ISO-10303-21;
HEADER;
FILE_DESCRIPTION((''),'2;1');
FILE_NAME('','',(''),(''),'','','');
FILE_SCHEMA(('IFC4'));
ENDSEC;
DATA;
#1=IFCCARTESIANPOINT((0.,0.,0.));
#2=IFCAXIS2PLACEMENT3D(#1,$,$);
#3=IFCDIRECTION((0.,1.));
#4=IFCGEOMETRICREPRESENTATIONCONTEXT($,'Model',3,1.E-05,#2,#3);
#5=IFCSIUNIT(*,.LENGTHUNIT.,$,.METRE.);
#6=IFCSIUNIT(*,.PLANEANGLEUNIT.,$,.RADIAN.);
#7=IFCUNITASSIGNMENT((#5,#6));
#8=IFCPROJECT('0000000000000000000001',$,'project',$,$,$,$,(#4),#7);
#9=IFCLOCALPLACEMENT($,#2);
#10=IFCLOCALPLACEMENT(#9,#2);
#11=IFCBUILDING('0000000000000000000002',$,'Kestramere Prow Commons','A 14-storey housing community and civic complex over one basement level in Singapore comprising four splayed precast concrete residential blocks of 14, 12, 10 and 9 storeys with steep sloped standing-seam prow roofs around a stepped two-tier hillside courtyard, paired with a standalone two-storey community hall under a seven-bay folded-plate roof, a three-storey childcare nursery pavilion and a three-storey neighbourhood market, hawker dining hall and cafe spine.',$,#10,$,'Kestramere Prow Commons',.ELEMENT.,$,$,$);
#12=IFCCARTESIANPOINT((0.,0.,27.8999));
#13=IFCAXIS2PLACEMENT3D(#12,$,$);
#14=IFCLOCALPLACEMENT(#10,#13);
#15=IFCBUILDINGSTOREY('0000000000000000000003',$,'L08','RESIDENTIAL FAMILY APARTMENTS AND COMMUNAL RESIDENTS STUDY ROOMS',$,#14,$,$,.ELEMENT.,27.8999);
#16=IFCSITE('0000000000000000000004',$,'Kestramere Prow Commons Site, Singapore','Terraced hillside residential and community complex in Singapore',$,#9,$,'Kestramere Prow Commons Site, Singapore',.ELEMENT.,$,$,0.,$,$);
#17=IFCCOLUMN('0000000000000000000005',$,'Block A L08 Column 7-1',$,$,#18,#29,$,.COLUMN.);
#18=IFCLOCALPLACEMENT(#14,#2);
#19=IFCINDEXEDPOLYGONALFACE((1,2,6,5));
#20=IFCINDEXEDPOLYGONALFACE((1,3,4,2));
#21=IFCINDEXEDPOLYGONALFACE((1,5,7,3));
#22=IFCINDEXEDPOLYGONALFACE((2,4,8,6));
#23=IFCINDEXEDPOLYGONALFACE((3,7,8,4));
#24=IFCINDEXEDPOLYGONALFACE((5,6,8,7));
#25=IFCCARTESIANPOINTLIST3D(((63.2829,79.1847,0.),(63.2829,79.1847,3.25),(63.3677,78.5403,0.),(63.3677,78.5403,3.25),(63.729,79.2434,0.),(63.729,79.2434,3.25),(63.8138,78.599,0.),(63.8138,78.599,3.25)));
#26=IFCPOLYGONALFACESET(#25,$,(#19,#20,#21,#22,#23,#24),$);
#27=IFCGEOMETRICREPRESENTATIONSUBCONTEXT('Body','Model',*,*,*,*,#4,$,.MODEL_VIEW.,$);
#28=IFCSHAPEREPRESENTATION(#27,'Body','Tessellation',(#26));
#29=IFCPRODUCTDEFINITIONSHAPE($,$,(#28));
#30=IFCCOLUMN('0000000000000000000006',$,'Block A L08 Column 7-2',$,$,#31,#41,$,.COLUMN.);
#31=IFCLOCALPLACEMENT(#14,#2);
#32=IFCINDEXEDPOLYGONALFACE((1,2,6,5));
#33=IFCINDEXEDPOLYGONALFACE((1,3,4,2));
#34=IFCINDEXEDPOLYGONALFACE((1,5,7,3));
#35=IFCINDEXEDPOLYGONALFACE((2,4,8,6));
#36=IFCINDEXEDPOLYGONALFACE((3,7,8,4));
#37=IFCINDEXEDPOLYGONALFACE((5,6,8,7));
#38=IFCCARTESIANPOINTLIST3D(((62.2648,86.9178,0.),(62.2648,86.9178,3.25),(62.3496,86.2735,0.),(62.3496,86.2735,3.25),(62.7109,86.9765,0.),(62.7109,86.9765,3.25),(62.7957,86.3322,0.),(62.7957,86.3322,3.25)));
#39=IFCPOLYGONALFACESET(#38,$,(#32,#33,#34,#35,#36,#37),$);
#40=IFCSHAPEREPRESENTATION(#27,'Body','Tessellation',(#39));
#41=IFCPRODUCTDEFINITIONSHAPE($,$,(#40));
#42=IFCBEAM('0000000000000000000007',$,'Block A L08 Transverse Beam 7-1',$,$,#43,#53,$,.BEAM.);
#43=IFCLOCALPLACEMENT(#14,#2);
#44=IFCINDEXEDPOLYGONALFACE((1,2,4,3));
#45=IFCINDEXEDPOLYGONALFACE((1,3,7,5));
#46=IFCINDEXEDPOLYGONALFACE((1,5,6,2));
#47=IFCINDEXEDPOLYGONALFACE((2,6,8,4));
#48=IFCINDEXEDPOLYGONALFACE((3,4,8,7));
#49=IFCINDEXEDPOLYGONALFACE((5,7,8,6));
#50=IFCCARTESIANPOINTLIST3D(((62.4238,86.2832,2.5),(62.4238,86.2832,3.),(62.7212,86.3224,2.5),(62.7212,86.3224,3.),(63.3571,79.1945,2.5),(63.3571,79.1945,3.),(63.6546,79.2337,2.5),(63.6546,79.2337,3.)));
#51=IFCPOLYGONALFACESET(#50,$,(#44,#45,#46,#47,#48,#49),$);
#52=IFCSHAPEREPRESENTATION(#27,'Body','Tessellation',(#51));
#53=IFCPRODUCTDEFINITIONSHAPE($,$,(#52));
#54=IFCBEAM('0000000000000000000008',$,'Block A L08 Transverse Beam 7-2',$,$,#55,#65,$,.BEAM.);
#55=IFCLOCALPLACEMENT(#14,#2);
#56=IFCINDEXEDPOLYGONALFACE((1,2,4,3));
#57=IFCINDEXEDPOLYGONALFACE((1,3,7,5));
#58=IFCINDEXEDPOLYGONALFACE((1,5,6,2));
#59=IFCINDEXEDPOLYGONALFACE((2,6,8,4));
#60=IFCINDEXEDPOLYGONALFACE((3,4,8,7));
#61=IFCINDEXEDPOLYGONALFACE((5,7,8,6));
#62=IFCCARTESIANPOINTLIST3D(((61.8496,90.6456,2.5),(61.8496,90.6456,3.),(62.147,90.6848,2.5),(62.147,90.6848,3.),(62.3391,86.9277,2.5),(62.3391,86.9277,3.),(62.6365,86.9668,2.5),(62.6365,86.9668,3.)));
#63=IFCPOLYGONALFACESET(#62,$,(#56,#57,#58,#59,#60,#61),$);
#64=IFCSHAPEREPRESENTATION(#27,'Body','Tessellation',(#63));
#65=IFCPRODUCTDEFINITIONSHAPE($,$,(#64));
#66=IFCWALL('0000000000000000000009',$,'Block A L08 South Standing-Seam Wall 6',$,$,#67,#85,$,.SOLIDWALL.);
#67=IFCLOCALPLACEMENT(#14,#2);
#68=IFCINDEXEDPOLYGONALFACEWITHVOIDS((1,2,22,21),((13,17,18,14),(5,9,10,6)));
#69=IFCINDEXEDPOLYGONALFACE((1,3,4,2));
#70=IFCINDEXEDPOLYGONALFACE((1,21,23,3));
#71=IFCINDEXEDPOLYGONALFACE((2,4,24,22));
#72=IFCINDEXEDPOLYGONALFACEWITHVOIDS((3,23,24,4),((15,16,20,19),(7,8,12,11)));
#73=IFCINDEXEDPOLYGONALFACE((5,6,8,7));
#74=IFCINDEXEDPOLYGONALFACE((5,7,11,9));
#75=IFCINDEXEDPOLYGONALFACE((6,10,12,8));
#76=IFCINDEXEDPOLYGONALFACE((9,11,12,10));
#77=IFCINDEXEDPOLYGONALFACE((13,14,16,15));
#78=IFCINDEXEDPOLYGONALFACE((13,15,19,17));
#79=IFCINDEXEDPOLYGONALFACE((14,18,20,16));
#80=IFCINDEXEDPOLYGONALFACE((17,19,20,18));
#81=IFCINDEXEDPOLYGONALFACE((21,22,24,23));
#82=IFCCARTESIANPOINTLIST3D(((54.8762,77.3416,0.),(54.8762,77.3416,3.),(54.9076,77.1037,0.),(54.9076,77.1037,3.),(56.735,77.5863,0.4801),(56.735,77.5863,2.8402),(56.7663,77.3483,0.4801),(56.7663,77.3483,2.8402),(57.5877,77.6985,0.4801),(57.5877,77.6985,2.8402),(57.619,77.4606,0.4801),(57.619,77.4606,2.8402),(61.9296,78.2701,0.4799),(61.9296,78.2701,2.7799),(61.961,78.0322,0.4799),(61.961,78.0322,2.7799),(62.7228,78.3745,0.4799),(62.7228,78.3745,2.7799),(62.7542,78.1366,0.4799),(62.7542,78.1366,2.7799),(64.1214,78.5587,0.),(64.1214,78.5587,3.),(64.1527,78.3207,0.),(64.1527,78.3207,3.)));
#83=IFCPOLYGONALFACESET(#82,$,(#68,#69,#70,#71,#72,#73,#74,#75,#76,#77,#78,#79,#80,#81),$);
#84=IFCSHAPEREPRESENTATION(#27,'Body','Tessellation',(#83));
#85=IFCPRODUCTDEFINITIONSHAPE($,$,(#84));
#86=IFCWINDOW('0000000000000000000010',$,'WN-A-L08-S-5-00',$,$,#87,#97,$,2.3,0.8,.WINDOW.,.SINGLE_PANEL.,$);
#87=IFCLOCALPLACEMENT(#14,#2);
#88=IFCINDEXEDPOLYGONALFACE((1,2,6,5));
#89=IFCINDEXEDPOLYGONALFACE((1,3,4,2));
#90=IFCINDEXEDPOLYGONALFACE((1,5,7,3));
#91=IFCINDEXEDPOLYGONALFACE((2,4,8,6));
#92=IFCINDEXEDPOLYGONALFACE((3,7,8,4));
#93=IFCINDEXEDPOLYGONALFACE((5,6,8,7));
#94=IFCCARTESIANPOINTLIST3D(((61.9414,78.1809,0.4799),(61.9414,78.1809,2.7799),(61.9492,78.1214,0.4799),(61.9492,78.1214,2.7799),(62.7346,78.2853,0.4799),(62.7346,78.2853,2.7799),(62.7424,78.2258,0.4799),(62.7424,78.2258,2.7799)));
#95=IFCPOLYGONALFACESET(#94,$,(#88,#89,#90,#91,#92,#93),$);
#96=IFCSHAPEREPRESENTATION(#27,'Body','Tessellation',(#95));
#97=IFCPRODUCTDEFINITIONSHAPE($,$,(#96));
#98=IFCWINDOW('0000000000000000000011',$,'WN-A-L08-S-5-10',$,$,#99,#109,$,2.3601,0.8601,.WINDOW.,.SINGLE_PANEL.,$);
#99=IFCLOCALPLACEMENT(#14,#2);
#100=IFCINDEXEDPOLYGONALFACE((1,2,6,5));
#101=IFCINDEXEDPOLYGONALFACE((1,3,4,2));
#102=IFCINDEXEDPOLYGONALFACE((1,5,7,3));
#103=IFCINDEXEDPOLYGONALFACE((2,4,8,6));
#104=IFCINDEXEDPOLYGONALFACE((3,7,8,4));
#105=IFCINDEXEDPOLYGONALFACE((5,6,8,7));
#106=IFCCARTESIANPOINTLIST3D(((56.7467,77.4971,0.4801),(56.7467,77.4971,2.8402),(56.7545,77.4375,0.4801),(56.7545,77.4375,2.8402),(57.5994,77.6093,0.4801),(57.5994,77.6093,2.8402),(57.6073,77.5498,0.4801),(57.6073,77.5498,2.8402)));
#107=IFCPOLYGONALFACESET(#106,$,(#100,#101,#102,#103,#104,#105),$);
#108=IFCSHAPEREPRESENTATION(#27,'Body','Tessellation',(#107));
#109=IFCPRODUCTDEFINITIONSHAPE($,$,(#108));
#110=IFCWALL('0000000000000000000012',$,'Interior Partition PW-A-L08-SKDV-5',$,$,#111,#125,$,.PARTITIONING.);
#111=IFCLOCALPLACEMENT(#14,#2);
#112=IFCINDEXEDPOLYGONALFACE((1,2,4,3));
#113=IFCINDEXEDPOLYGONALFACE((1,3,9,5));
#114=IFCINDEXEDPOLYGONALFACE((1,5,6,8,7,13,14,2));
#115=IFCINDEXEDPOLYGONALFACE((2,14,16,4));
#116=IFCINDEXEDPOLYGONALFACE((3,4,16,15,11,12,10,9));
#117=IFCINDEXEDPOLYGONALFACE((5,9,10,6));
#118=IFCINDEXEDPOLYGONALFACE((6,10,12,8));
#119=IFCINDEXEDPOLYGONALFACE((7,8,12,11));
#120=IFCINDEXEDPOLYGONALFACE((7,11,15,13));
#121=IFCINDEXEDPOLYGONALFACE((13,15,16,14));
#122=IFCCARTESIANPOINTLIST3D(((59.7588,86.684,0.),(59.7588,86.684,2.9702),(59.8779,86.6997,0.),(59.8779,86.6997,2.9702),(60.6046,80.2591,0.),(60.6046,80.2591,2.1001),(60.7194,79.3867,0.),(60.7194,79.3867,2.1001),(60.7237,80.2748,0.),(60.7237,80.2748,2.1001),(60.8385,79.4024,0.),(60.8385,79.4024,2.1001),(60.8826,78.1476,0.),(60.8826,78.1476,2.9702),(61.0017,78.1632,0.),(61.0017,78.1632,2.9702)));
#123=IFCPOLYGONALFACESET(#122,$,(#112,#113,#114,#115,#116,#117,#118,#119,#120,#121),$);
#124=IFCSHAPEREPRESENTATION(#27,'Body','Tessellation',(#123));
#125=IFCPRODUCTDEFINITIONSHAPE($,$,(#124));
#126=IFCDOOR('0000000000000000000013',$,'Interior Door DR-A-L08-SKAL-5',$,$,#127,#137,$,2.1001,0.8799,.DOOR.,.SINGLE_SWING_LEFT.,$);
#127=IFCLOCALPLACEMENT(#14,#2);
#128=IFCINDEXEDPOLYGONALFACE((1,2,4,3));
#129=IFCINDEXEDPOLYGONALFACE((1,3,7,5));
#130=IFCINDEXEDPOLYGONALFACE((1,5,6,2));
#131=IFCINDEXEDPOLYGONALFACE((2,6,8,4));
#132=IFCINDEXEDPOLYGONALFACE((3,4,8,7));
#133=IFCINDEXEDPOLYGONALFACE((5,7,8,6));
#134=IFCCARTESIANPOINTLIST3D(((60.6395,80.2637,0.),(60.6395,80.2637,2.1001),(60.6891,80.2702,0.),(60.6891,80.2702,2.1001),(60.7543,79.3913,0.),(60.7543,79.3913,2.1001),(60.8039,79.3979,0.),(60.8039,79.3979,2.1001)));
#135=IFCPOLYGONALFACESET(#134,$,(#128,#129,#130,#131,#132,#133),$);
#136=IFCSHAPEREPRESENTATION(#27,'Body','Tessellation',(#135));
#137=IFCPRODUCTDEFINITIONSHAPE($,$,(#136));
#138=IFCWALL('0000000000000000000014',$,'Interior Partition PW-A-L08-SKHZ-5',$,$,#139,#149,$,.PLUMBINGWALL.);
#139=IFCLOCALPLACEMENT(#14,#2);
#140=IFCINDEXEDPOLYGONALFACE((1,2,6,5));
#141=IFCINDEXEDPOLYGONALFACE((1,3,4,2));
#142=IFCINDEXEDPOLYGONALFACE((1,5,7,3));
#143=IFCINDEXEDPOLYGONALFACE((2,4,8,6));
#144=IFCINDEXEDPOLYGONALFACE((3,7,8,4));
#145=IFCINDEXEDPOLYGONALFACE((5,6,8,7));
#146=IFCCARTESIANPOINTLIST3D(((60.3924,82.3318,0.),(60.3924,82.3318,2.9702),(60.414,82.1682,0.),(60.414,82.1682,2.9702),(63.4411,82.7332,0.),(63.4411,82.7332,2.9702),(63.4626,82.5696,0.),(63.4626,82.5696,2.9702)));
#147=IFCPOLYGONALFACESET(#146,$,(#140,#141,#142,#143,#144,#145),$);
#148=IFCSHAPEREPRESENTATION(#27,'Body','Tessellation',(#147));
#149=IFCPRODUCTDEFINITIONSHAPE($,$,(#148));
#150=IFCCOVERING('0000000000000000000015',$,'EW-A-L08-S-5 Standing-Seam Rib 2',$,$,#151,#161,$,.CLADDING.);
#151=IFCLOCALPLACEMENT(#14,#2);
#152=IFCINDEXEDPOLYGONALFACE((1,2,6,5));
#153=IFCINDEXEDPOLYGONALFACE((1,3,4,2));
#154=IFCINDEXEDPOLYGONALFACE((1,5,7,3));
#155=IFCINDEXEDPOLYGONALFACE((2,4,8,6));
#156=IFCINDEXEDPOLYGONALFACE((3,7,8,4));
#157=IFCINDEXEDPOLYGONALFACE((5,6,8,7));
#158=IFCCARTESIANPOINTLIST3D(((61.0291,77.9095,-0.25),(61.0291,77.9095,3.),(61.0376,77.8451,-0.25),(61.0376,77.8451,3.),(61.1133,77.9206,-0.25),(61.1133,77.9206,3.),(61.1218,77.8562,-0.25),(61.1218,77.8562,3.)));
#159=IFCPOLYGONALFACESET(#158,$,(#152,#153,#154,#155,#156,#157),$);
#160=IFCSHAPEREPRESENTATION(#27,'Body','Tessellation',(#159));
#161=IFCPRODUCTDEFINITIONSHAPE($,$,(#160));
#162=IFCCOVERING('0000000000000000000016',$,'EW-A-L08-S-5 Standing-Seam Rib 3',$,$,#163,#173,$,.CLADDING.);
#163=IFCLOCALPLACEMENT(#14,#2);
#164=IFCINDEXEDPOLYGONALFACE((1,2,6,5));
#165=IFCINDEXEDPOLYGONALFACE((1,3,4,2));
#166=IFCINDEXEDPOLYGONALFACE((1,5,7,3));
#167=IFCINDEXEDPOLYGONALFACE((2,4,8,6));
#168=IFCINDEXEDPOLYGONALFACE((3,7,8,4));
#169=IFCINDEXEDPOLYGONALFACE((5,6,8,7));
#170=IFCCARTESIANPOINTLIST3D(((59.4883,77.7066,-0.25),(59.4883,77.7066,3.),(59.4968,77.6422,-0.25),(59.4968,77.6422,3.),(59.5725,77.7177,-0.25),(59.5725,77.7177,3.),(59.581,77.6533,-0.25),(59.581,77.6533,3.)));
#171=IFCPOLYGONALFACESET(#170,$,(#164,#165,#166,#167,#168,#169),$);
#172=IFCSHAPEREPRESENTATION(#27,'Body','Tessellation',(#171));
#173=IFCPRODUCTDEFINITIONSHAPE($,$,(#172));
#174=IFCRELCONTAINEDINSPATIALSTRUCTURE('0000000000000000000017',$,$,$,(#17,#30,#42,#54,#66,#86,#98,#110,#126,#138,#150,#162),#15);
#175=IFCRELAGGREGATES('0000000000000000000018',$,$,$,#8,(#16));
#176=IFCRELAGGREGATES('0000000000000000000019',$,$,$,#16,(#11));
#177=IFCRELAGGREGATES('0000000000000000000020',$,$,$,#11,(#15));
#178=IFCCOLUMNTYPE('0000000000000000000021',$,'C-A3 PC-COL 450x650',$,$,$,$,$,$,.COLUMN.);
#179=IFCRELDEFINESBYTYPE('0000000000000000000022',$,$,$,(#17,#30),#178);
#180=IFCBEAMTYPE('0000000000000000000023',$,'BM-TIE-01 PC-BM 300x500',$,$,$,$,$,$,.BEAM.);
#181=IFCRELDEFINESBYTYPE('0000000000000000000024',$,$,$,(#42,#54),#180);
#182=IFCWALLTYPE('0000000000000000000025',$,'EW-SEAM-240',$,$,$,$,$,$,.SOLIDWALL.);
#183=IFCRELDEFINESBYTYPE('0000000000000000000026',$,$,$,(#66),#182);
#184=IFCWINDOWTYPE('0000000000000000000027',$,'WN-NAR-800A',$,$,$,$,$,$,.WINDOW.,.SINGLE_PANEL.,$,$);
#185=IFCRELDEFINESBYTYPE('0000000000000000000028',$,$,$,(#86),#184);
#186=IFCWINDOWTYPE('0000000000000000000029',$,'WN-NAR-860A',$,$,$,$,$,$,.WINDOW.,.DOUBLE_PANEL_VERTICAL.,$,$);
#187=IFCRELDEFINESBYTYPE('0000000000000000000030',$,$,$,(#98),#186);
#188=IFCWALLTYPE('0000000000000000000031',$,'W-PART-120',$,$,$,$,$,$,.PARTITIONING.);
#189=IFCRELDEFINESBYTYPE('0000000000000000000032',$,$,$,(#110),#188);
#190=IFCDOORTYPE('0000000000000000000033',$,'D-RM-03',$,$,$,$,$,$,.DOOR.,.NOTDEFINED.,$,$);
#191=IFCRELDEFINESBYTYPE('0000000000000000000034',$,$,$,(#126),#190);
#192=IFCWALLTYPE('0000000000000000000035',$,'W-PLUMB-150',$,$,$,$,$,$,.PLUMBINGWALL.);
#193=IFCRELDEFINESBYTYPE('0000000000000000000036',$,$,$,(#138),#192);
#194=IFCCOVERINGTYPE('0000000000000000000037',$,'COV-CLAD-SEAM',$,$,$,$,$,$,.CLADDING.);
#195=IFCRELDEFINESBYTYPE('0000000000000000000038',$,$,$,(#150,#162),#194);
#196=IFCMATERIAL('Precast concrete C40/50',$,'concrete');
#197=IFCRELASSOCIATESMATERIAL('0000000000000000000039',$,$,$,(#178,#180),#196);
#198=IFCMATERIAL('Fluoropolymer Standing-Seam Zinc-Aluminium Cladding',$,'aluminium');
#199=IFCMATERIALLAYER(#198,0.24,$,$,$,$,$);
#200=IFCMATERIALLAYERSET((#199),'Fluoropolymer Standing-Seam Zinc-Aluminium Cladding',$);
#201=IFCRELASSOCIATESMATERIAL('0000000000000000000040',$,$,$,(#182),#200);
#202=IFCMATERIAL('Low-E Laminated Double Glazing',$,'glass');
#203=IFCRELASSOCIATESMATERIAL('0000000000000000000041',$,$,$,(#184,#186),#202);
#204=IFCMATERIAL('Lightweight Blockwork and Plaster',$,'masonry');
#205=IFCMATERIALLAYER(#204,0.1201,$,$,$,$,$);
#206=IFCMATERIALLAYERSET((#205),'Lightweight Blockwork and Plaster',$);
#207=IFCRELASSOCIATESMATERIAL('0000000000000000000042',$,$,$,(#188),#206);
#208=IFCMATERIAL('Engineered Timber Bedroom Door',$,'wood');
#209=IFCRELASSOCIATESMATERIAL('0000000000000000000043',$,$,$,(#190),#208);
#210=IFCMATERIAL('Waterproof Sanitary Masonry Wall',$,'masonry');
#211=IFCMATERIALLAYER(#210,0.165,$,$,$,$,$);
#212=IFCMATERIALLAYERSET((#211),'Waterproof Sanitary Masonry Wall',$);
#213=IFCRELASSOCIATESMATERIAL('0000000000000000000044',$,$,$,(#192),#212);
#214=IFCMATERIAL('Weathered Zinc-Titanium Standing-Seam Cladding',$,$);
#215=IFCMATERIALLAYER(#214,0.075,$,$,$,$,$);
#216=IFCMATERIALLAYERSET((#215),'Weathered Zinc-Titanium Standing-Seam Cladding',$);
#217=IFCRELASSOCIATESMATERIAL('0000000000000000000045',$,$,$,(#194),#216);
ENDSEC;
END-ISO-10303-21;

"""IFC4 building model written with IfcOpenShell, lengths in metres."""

from ifc_helpers import new_model, si_unit, direction, frame, frame_2d, origin, origin_2d, place, context, subcontext, project, spatial, rectangle, extrude, material, layer, layer_set, material_profile, profile_set, type_object, element, fill, save


model = new_model("IFC4")

# Units and contexts
model_context = context("Model", 3, precision=1e-05, world=origin(), true_north=direction((0.0, 1.0)))
body_context = subcontext(model_context, "Body", "Model", "MODEL_VIEW")
ifc_project = project(units=[si_unit("LENGTHUNIT", "METRE"), si_unit("PLANEANGLEUNIT", "RADIAN")], contexts=[model_context])

# Site, building, storey
site_placement = place(None, origin())
site = spatial("IfcSite", under=ifc_project, at=site_placement, Name="Kestramere Prow Commons Site, Singapore", Description="Terraced hillside residential and community complex in Singapore", LongName="Kestramere Prow Commons Site, Singapore", CompositionType="ELEMENT", RefElevation=0.0)
building_placement = place(site_placement, origin())
building = spatial("IfcBuilding", under=site, at=building_placement, Name="Kestramere Prow Commons", Description="A 14-storey housing community and civic complex over one basement level in Singapore comprising four splayed precast concrete residential blocks of 14, 12, 10 and 9 storeys with steep sloped standing-seam prow roofs around a stepped two-tier hillside courtyard, paired with a standalone two-storey community hall under a seven-bay folded-plate roof, a three-storey childcare nursery pavilion and a three-storey neighbourhood market, hawker dining hall and cafe spine.", LongName="Kestramere Prow Commons", CompositionType="ELEMENT")
storey_placement = place(building_placement, frame((0.0, 0.0, 27.8999)))
storey = spatial("IfcBuildingStorey", under=building, at=storey_placement, Name="L08", Description="RESIDENTIAL FAMILY APARTMENTS AND COMMUNAL RESIDENTS STUDY ROOMS", CompositionType="ELEMENT", Elevation=27.8999)

# Columns
ifc_material_1 = material(Name="Precast concrete C40/50", Category="concrete")
ifc_material_profile_1 = material_profile(ifc_material_1, rectangle(XDim=0.45, YDim=0.6499, at=origin_2d()), Name="PC-COL 450x650")
ifc_profile_set_1 = profile_set([ifc_material_profile_1], Name="Precast concrete C40/50")
column_type = type_object("IfcColumnType", Name="C-A3 PC-COL 450x650", PredefinedType="COLUMN", material=ifc_profile_set_1)
for number, where, z_axis, x_axis, name in (
    (1, (63.5483, 78.8918, 0.0), (0.0, 0.0, 1.0), (0.991445, 0.130526, 0.0), "Block A L08 Column 7-1"),
    (2, (62.5303, 86.625, 0.0), (0.0, 0.0, 1.0), (0.991445, 0.130526, 0.0), "Block A L08 Column 7-2"),
):
    element("IfcColumn", number, at=place(storey_placement, frame(where, z_axis=z_axis, x_axis=x_axis)), inside=storey, type_object=column_type, Name=name, PredefinedType="COLUMN", context=body_context, shape_type="SweptSolid", body=[
        extrude(rectangle(XDim=0.45, YDim=0.6499, at=origin_2d()), origin(), (0.0, 0.0, 1.0), 3.25),
    ])

# Beams
ifc_material_profile_2 = material_profile(ifc_material_1, rectangle(XDim=0.3, YDim=0.5, at=origin_2d()), Name="PC-BM 300x500")
ifc_profile_set_2 = profile_set([ifc_material_profile_2], Name="Precast concrete C40/50")
beam_type = type_object("IfcBeamType", Name="BM-TIE-01 PC-BM 300x500", PredefinedType="BEAM", material=ifc_profile_set_2)
beam_1_placement = place(storey_placement, frame((63.5059, 79.2141, 2.75), z_axis=(-0.130542, 0.991443, 0.0), x_axis=(-0.991443, -0.130542, 0.0)))
element("IfcBeam", 3, at=beam_1_placement, inside=storey, type_object=beam_type, Name="Block A L08 Transverse Beam 7-1", PredefinedType="BEAM", context=body_context, shape_type="SweptSolid", body=[
    extrude(rectangle(XDim=0.3, YDim=0.5, at=origin_2d()), origin(), (0.0, 0.0, 1.0), 7.1499),
])
beam_2_placement = place(storey_placement, frame((62.4878, 86.9473, 2.75), z_axis=(-0.13053, 0.991444, 0.0), x_axis=(-0.991444, -0.13053, 0.0)))
element("IfcBeam", 4, at=beam_2_placement, inside=storey, type_object=beam_type, Name="Block A L08 Transverse Beam 7-2", PredefinedType="BEAM", context=body_context, shape_type="SweptSolid", body=[
    extrude(rectangle(XDim=0.3, YDim=0.5, at=origin_2d()), origin(), (0.0, 0.0, 1.0), 3.75),
])

# Wall, openings, windows
ifc_material_2 = material(Name="Fluoropolymer Standing-Seam Zinc-Aluminium Cladding", Category="aluminium")
ifc_layer_1 = layer(ifc_material_2, 0.24)
ifc_layer_set_1 = layer_set([ifc_layer_1], Name="Fluoropolymer Standing-Seam Zinc-Aluminium Cladding")
wall_type_1 = type_object("IfcWallType", Name="EW-SEAM-240", PredefinedType="SOLIDWALL", material=ifc_layer_set_1)
wall_1_placement = place(storey_placement, frame((64.1372, 78.4397, 0.0), z_axis=(0.0, 0.0, 1.0), x_axis=(-0.991446, -0.130515, 0.0)))
wall_1 = element("IfcWall", 5, at=wall_1_placement, inside=storey, type_object=wall_type_1, Name="Block A L08 South Standing-Seam Wall 6", PredefinedType="SOLIDWALL", context=body_context, shape_type="SweptSolid", body=[
    extrude(rectangle(XDim=9.325, YDim=0.24, at=frame_2d((4.6626, 0.0))), origin(), (0.0, 0.0, 1.0), 3.0),
])
opening_1_placement = place(wall_1_placement, frame((1.4109, 0.0, 0.48)))
opening_1 = element("IfcOpeningElement", 6, at=opening_1_placement, cuts=wall_1, PredefinedType="OPENING", context=body_context, shape_type="SweptSolid", body=[
    extrude(rectangle(XDim=0.8, YDim=2.3, at=frame_2d((0.3999, 1.1499))), frame((0.0, 0.135, 0.0), z_axis=(0.0, -1.0, 0.0), x_axis=(1.0, 0.0, 0.0)), (0.0, 0.0, 1.0), 0.27),
])
opening_2_placement = place(wall_1_placement, frame((6.5901, 0.0, 0.48)))
opening_2 = element("IfcOpeningElement", 7, at=opening_2_placement, cuts=wall_1, PredefinedType="OPENING", context=body_context, shape_type="SweptSolid", body=[
    extrude(rectangle(XDim=0.8601, YDim=2.3601, at=frame_2d((0.4302, 1.1802))), frame((0.0, 0.135, 0.0), z_axis=(0.0, -1.0, 0.0), x_axis=(1.0, 0.0, 0.0)), (0.0, 0.0, 1.0), 0.27),
])
ifc_material_3 = material(Name="Low-E Laminated Double Glazing", Category="glass")
window_type_1 = type_object("IfcWindowType", Name="WN-NAR-800A", PartitioningType="SINGLE_PANEL", PredefinedType="WINDOW", material=ifc_material_3)
window_1_placement = place(opening_1_placement, origin())
window_1 = element("IfcWindow", 8, at=window_1_placement, inside=storey, type_object=window_type_1, Name="WN-A-L08-S-5-00", OverallHeight=2.3, OverallWidth=0.8, PartitioningType="SINGLE_PANEL", PredefinedType="WINDOW", context=body_context, shape_type="SweptSolid", body=[
    extrude(rectangle(XDim=0.8, YDim=2.3, at=frame_2d((0.3999, 1.1499))), frame((0.0, 0.03, 0.0), z_axis=(0.0, -1.0, 0.0), x_axis=(1.0, 0.0, 0.0)), (0.0, 0.0, 1.0), 0.0601),
])
fill(opening_1, window_1)
window_type_2 = type_object("IfcWindowType", Name="WN-NAR-860A", PartitioningType="DOUBLE_PANEL_VERTICAL", PredefinedType="WINDOW", material=ifc_material_3)
window_2_placement = place(opening_2_placement, origin())
window_2 = element("IfcWindow", 9, at=window_2_placement, inside=storey, type_object=window_type_2, Name="WN-A-L08-S-5-10", OverallHeight=2.3601, OverallWidth=0.8601, PartitioningType="SINGLE_PANEL", PredefinedType="WINDOW", context=body_context, shape_type="SweptSolid", body=[
    extrude(rectangle(XDim=0.8601, YDim=2.3601, at=frame_2d((0.4302, 1.1802))), frame((0.0, 0.03, 0.0), z_axis=(0.0, -1.0, 0.0), x_axis=(1.0, 0.0, 0.0)), (0.0, 0.0, 1.0), 0.0601),
])
fill(opening_2, window_2)

# Wall, opening, door
ifc_material_4 = material(Name="Lightweight Blockwork and Plaster", Category="masonry")
ifc_layer_2 = layer(ifc_material_4, 0.1201)
ifc_layer_set_2 = layer_set([ifc_layer_2], Name="Lightweight Blockwork and Plaster")
wall_type_2 = type_object("IfcWallType", Name="W-PART-120", PredefinedType="PARTITIONING", material=ifc_layer_set_2)
wall_2_placement = place(storey_placement, frame((60.9421, 78.1553, 0.0), z_axis=(0.0, 0.0, 1.0), x_axis=(-0.13052, 0.991446, 0.0)))
wall_2 = element("IfcWall", 10, at=wall_2_placement, inside=storey, type_object=wall_type_2, Name="Interior Partition PW-A-L08-SKDV-5", PredefinedType="PARTITIONING", context=body_context, shape_type="SweptSolid", body=[
    extrude(rectangle(XDim=8.6101, YDim=0.1201, at=frame_2d((4.3052, 0.0))), origin(), (0.0, 0.0, 1.0), 2.9702),
])
opening_3_placement = place(wall_2_placement, frame((1.25, 0.0, 0.0)))
opening_3 = element("IfcOpeningElement", 11, at=opening_3_placement, cuts=wall_2, PredefinedType="OPENING", context=body_context, shape_type="SweptSolid", body=[
    extrude(rectangle(XDim=0.8799, YDim=2.1001, at=frame_2d((0.4399, 1.05))), frame((0.0, 0.075, 0.0), z_axis=(0.0, -1.0, 0.0), x_axis=(1.0, 0.0, 0.0)), (0.0, 0.0, 1.0), 0.1501),
])
ifc_material_5 = material(Name="Engineered Timber Bedroom Door", Category="wood")
door_type_1 = type_object("IfcDoorType", Name="D-RM-03", OperationType="NOTDEFINED", PredefinedType="DOOR", material=ifc_material_5)
door_1_placement = place(opening_3_placement, origin())
door_1 = element("IfcDoor", 12, at=door_1_placement, inside=storey, type_object=door_type_1, Name="Interior Door DR-A-L08-SKAL-5", OperationType="SINGLE_SWING_LEFT", OverallHeight=2.1001, OverallWidth=0.8799, PredefinedType="DOOR", context=body_context, shape_type="SweptSolid", body=[
    extrude(rectangle(XDim=0.8799, YDim=2.1001, at=frame_2d((0.4399, 1.05))), frame((0.0, 0.0249, 0.0), z_axis=(0.0, -1.0, 0.0), x_axis=(1.0, 0.0, 0.0)), (0.0, 0.0, 1.0), 0.05),
])
fill(opening_3, door_1)
ifc_material_6 = material(Name="Waterproof Sanitary Masonry Wall", Category="masonry")
ifc_layer_3 = layer(ifc_material_6, 0.165)
ifc_layer_set_3 = layer_set([ifc_layer_3], Name="Waterproof Sanitary Masonry Wall")
wall_type_3 = type_object("IfcWallType", Name="W-PLUMB-150", PredefinedType="PLUMBINGWALL", material=ifc_layer_set_3)

# Wall
wall_3_placement = place(storey_placement, frame((60.4031, 82.25, 0.0), z_axis=(0.0, 0.0, 1.0), x_axis=(0.991444, 0.130531, 0.0)))
element("IfcWall", 13, at=wall_3_placement, inside=storey, type_object=wall_type_3, Name="Interior Partition PW-A-L08-SKHZ-5", PredefinedType="PLUMBINGWALL", context=body_context, shape_type="SweptSolid", body=[
    extrude(rectangle(XDim=3.075, YDim=0.165, at=frame_2d((1.5376, 0.0))), origin(), (0.0, 0.0, 1.0), 2.9702),
])

# Coverings
ifc_material_7 = material(Name="Weathered Zinc-Titanium Standing-Seam Cladding")
ifc_layer_4 = layer(ifc_material_7, 0.075)
ifc_layer_set_4 = layer_set([ifc_layer_4], Name="Weathered Zinc-Titanium Standing-Seam Cladding")
covering_type = type_object("IfcCoveringType", Name="COV-CLAD-SEAM", PredefinedType="CLADDING", material=ifc_layer_set_4)
for number, where, z_axis, x_axis, name in (
    (14, (61.0754, 77.8828, -0.25), (0.0, 0.0, 1.0), (-0.991445, -0.130526, 0.0), "EW-A-L08-S-5 Standing-Seam Rib 2"),
    (15, (59.5347, 77.6799, -0.25), (0.0, 0.0, 1.0), (-0.991445, -0.130526, 0.0), "EW-A-L08-S-5 Standing-Seam Rib 3"),
):
    element("IfcCovering", number, at=place(storey_placement, frame(where, z_axis=z_axis, x_axis=x_axis)), inside=storey, type_object=covering_type, Name=name, PredefinedType="CLADDING", context=body_context, shape_type="SweptSolid", body=[
        extrude(rectangle(XDim=0.085, YDim=0.0649, at=origin_2d()), origin(), (0.0, 0.0, 1.0), 3.25),
    ])

save(model, "model.ifc")
